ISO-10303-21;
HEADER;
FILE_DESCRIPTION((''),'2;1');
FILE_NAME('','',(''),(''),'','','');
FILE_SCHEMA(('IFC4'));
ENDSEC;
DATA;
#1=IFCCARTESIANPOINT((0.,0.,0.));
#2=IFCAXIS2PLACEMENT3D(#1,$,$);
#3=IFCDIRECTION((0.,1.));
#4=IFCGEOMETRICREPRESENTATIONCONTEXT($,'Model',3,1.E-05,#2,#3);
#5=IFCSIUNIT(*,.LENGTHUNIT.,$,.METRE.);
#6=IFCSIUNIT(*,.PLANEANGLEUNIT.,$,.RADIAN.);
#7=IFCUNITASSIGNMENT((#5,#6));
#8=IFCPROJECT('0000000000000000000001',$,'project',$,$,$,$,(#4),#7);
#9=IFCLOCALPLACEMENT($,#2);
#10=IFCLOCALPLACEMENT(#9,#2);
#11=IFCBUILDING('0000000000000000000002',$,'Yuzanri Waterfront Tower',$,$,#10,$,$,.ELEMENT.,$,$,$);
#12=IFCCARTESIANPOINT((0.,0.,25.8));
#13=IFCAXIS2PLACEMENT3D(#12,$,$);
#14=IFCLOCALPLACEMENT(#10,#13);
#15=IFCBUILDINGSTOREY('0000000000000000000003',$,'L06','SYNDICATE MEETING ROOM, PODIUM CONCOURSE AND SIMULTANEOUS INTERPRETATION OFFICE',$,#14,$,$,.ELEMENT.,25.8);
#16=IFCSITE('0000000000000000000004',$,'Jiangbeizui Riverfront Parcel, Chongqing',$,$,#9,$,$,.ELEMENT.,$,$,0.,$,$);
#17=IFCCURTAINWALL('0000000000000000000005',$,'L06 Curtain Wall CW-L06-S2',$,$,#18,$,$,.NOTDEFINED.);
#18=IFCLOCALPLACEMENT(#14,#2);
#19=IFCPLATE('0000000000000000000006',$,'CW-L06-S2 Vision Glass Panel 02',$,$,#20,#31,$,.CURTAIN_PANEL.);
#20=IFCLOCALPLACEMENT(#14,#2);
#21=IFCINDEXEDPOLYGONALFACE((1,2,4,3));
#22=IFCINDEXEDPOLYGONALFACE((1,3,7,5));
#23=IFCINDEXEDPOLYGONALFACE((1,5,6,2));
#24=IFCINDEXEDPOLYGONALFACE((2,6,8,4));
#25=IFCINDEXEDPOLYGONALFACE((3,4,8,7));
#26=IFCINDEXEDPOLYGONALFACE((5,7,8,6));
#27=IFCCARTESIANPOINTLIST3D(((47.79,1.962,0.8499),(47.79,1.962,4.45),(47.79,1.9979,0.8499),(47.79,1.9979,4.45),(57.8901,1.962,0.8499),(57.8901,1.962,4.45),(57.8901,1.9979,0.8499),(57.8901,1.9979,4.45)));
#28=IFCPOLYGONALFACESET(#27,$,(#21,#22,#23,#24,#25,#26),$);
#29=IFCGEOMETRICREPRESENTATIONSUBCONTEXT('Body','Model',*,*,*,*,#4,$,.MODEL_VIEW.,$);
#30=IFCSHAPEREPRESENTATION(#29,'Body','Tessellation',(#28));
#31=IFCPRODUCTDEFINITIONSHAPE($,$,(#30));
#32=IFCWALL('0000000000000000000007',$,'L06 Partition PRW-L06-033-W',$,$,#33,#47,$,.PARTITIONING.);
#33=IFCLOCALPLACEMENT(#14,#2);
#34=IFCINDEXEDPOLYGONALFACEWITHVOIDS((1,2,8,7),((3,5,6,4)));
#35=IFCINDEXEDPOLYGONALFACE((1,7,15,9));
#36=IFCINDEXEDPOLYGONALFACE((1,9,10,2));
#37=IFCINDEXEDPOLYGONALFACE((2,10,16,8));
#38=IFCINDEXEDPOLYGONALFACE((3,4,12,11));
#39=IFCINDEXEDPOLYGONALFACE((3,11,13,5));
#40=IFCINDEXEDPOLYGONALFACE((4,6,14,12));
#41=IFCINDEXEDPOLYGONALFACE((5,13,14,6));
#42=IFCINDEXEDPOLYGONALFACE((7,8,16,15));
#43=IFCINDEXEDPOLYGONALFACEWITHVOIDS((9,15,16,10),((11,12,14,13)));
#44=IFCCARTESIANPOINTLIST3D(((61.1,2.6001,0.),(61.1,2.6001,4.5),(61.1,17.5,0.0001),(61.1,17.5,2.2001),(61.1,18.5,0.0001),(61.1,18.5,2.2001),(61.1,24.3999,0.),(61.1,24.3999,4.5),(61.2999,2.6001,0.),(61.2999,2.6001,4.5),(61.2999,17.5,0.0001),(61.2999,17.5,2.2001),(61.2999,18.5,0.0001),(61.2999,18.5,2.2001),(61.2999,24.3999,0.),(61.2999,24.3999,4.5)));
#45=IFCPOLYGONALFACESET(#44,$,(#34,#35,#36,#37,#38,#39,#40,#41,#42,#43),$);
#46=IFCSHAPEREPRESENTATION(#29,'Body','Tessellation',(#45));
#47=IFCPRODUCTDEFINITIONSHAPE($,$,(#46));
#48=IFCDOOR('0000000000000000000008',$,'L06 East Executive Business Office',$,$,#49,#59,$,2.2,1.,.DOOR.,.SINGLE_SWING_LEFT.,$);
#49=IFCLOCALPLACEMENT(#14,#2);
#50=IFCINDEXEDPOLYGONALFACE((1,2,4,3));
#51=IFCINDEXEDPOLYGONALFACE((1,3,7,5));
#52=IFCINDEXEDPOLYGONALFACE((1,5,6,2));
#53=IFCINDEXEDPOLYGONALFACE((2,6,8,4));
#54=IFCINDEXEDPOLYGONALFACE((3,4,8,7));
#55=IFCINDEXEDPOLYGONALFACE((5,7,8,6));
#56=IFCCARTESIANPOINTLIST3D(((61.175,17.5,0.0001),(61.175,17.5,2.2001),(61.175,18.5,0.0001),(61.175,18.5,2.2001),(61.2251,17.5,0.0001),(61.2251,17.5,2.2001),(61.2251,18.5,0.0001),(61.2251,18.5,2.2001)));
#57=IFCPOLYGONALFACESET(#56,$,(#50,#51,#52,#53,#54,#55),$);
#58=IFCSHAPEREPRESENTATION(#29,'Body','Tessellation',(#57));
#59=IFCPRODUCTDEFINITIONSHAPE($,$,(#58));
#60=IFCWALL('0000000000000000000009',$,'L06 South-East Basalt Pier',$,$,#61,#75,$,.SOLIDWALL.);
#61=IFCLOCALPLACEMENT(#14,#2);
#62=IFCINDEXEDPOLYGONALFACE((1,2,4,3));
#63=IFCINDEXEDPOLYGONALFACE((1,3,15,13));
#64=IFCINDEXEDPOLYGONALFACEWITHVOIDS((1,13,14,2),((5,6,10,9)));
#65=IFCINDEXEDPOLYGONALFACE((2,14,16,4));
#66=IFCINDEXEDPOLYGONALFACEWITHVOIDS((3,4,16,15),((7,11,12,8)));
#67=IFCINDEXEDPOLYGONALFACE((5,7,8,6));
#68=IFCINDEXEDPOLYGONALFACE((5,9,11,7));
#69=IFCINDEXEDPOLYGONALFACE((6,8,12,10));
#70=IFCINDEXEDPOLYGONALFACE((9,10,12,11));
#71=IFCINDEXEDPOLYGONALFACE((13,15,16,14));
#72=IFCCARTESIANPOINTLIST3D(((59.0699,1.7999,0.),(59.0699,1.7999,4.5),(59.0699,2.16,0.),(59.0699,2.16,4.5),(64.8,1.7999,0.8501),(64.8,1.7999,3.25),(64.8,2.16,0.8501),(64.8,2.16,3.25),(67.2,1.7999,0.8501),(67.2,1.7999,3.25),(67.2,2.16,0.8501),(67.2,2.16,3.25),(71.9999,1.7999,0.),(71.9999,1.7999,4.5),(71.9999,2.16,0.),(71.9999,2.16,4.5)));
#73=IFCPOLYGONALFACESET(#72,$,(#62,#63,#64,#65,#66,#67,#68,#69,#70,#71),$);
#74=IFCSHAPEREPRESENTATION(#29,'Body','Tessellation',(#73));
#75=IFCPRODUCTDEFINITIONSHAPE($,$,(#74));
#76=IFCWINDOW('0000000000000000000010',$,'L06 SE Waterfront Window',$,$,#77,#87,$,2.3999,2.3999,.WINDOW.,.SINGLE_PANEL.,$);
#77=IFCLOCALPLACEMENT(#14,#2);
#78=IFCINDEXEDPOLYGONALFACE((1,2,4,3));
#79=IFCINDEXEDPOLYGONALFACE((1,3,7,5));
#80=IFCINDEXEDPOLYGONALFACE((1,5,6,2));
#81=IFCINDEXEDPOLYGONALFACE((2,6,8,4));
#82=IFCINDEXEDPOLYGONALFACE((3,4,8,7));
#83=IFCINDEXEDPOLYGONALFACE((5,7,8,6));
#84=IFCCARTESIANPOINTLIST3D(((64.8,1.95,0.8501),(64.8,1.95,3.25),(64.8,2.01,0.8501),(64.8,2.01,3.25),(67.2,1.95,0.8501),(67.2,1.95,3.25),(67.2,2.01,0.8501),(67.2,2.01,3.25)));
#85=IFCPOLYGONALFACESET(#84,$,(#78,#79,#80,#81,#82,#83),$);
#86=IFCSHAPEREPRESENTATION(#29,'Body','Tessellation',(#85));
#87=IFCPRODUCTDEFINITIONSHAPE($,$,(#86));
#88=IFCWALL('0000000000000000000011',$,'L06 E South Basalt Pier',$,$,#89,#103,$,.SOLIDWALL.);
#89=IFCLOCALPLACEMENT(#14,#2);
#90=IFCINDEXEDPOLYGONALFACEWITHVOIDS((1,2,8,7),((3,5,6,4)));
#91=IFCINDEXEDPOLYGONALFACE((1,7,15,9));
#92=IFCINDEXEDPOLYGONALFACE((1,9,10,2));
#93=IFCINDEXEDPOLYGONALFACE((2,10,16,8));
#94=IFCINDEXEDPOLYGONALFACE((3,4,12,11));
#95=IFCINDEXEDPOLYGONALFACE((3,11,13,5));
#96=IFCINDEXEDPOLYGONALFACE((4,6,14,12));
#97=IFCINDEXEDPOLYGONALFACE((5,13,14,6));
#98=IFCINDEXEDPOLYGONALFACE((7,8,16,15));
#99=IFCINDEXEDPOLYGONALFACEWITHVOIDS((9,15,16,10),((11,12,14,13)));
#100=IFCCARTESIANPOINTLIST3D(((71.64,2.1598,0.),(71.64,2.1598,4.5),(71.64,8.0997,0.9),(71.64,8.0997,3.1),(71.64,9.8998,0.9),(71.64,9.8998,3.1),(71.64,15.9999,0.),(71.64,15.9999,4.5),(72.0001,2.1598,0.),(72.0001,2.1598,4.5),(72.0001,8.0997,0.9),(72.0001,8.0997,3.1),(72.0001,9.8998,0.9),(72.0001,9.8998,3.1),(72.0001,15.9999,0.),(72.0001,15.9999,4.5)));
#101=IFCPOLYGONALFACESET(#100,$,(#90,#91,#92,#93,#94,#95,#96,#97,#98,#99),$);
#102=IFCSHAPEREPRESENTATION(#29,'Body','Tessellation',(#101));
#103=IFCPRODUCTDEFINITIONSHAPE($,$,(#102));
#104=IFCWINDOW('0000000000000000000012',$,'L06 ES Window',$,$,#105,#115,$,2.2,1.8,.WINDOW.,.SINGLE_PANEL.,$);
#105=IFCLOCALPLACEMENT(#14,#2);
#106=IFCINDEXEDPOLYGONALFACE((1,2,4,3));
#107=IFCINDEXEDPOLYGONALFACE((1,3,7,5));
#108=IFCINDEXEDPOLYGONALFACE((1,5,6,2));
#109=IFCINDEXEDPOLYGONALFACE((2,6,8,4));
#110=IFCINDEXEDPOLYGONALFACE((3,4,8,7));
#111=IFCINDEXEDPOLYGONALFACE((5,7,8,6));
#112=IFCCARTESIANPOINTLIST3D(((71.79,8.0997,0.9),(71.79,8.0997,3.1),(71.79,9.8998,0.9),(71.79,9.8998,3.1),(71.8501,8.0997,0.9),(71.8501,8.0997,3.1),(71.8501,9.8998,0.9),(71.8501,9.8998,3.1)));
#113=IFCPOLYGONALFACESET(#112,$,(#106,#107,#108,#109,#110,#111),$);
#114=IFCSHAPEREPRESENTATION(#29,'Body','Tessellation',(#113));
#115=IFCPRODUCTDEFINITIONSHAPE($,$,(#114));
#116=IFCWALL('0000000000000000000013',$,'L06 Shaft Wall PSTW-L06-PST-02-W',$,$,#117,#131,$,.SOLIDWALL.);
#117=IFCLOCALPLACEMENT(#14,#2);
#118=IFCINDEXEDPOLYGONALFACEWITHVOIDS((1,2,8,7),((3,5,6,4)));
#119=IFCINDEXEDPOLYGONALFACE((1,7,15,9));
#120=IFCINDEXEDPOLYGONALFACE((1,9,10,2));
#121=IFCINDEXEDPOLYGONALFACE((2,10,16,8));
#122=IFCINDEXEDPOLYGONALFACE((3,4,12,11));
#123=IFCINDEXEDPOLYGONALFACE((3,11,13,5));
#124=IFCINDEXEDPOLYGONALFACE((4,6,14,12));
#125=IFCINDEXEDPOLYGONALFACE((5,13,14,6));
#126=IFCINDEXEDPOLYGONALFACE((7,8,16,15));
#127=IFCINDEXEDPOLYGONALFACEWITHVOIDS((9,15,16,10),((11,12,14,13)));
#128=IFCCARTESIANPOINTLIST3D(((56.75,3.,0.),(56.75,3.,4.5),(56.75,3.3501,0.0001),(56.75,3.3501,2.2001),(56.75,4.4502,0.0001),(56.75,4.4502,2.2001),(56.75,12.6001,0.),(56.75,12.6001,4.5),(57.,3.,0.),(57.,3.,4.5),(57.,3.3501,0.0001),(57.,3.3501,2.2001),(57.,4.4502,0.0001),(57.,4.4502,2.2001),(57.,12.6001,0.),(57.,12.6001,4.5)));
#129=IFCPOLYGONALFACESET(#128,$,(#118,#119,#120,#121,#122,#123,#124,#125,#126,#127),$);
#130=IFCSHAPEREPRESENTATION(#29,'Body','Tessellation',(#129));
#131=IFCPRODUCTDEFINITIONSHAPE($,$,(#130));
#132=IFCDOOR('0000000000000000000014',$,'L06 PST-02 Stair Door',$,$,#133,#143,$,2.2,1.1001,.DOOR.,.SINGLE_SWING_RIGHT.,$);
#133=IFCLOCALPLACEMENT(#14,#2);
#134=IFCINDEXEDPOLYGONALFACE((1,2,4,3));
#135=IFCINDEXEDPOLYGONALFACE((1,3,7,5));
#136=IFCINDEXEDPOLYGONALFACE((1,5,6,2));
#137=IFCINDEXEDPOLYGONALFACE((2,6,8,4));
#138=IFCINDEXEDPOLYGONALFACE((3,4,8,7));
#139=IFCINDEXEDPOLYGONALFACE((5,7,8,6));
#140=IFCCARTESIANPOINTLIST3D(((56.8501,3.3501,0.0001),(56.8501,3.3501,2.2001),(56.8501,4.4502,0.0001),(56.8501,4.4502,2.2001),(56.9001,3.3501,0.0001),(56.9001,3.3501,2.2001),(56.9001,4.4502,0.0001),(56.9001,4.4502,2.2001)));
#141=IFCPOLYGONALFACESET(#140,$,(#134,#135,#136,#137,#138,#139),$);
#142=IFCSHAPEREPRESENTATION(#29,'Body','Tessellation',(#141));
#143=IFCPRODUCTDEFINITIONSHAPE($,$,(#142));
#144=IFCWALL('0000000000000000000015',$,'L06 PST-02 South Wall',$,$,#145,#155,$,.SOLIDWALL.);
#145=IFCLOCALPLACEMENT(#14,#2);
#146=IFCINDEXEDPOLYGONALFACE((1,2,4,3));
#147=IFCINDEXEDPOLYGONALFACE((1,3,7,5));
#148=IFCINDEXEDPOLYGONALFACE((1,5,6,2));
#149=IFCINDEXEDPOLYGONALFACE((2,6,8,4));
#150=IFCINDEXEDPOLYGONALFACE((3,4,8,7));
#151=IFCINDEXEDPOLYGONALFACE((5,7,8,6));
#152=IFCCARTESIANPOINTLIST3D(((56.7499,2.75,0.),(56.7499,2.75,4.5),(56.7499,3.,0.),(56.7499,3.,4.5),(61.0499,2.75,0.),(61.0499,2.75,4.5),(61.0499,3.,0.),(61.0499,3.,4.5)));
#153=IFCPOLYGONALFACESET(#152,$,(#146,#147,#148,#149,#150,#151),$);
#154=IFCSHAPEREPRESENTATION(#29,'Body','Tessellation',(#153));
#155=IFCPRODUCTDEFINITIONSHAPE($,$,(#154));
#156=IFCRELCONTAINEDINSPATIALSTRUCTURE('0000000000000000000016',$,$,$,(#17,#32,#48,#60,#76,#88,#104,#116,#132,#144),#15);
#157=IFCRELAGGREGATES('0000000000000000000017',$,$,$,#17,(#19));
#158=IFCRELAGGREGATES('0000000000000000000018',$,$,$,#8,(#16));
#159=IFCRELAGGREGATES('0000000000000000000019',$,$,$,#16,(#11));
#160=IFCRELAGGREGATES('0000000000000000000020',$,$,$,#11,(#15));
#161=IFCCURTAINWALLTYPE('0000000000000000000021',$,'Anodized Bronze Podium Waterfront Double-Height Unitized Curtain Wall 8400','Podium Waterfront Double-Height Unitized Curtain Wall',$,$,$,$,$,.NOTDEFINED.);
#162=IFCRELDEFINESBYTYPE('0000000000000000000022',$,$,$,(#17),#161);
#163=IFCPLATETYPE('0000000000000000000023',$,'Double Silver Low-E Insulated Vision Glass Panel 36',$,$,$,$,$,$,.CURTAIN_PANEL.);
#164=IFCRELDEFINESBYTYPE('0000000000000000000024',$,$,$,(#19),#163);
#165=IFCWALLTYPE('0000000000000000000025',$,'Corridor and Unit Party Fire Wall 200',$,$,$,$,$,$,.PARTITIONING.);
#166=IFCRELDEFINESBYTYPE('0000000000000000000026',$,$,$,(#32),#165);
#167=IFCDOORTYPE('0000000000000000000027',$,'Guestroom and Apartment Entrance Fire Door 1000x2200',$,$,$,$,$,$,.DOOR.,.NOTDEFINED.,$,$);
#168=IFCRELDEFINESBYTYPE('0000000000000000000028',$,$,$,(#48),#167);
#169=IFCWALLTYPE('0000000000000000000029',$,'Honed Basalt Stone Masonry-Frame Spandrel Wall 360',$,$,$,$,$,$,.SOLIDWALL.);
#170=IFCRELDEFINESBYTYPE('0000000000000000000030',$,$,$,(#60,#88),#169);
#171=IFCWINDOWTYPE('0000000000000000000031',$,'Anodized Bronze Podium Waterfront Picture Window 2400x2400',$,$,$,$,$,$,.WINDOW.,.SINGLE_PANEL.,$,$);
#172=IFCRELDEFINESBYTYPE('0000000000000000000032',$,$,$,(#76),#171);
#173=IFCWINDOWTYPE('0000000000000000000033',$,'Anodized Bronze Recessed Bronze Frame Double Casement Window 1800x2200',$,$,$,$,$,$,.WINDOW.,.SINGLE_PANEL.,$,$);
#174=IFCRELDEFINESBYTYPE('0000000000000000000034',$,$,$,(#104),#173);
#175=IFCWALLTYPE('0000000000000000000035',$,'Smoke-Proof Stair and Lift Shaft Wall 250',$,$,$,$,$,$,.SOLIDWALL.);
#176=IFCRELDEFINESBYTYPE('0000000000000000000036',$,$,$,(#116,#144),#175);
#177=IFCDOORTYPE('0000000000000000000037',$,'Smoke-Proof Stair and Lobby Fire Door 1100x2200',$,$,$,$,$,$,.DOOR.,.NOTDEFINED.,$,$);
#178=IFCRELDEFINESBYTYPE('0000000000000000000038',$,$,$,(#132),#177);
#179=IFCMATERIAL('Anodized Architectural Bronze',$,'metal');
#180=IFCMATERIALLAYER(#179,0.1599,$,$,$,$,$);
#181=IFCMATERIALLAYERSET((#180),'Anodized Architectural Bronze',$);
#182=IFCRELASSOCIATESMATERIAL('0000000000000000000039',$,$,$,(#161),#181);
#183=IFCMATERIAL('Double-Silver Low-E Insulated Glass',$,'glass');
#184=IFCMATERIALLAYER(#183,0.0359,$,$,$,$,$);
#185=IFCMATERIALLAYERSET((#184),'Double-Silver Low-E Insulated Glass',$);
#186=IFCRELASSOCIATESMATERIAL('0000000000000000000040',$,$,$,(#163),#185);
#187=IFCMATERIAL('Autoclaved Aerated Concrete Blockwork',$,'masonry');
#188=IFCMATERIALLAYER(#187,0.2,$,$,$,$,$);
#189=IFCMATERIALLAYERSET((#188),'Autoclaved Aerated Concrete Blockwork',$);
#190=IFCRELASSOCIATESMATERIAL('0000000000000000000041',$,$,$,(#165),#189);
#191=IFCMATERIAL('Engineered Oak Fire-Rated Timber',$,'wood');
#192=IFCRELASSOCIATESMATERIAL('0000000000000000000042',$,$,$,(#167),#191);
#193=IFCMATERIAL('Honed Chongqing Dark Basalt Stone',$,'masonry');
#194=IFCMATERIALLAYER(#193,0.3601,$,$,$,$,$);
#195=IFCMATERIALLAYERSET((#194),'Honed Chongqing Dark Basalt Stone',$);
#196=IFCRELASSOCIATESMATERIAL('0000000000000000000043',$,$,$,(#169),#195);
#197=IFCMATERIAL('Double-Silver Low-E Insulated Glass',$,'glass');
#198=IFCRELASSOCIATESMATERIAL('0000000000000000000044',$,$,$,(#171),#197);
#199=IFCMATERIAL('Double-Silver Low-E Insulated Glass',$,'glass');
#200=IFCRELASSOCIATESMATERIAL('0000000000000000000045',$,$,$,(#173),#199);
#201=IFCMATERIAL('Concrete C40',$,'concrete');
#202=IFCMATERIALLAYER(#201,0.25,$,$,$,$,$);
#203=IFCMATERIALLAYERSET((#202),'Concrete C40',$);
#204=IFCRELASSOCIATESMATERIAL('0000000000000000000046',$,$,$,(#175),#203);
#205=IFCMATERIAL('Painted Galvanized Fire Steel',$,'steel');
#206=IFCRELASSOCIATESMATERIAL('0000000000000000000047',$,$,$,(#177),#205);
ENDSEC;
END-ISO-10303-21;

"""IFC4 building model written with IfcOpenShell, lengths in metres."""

from ifc_helpers import new_model, si_unit, direction, frame, frame_2d, origin, origin_2d, place, context, subcontext, project, spatial, rectangle, extrude, source, transform, mapped, material, layer, layer_set, type_object, element, fill, aggregate, save


model = new_model("IFC4")

# Units and contexts
model_context = context("Model", 3, precision=1e-05, world=origin(), true_north=direction((0.0, 1.0)))
body_context = subcontext(model_context, "Body", "Model", "MODEL_VIEW")
ifc_project = project(units=[si_unit("LENGTHUNIT", "METRE"), si_unit("PLANEANGLEUNIT", "RADIAN")], contexts=[model_context])

# Site, building, storey
site_placement = place(None, origin())
site = spatial("IfcSite", under=ifc_project, at=site_placement, Name="Jiangbeizui Riverfront Parcel, Chongqing", CompositionType="ELEMENT", RefElevation=0.0)
building_placement = place(site_placement, origin())
building = spatial("IfcBuilding", under=site, at=building_placement, Name="Yuzanri Waterfront Tower", CompositionType="ELEMENT")
storey_placement = place(building_placement, frame((0.0, 0.0, 25.8)))
storey = spatial("IfcBuildingStorey", under=building, at=storey_placement, Name="L06", Description="SYNDICATE MEETING ROOM, PODIUM CONCOURSE AND SIMULTANEOUS INTERPRETATION OFFICE", CompositionType="ELEMENT", Elevation=25.8)

# Curtain wall, plate
ifc_material_1 = material(Name="Anodized Architectural Bronze", Category="metal")
ifc_layer_1 = layer(ifc_material_1, 0.1599)
ifc_layer_set_1 = layer_set([ifc_layer_1], Name="Anodized Architectural Bronze")
curtain_wall_type = type_object("IfcCurtainWallType", Name="Anodized Bronze Podium Waterfront Double-Height Unitized Curtain Wall 8400", Description="Podium Waterfront Double-Height Unitized Curtain Wall", PredefinedType="NOTDEFINED", material=ifc_layer_set_1)
curtain_wall_placement = place(storey_placement, origin())
curtain_wall = element("IfcCurtainWall", 1, at=curtain_wall_placement, inside=storey, type_object=curtain_wall_type, Name="L06 Curtain Wall CW-L06-S2", PredefinedType="NOTDEFINED")
ifc_material_2 = material(Name="Double-Silver Low-E Insulated Glass", Category="glass")
ifc_layer_2 = layer(ifc_material_2, 0.0359)
ifc_layer_set_2 = layer_set([ifc_layer_2], Name="Double-Silver Low-E Insulated Glass")
plate_type_1 = type_object("IfcPlateType", Name="Double Silver Low-E Insulated Vision Glass Panel 36", PredefinedType="CURTAIN_PANEL", material=ifc_layer_set_2)
shared_shape_1 = source(origin(), body_context, "Body", "SweptSolid", [
    extrude(rectangle(XDim=10.1001, YDim=0.0359, at=origin_2d()), origin(), (0.0, 0.0, 1.0), 3.6001),
])
plate_1_placement = place(storey_placement, frame((52.8401, 1.98, 0.8499), z_axis=(0.0, 0.0, 1.0), x_axis=(1.0, 0.0, 0.0)))
plate_1 = element("IfcPlate", 2, at=plate_1_placement, type_object=plate_type_1, Name="CW-L06-S2 Vision Glass Panel 02", PredefinedType="CURTAIN_PANEL", context=body_context, shape_type="MappedRepresentation", body=[
    mapped(shared_shape_1, transform((0.0, 0.0, 0.0), scale=1.0)),
])
aggregate(curtain_wall, [plate_1])

# Wall, opening, door
ifc_material_3 = material(Name="Autoclaved Aerated Concrete Blockwork", Category="masonry")
ifc_layer_3 = layer(ifc_material_3, 0.2)
ifc_layer_set_3 = layer_set([ifc_layer_3], Name="Autoclaved Aerated Concrete Blockwork")
wall_type_1 = type_object("IfcWallType", Name="Corridor and Unit Party Fire Wall 200", PredefinedType="PARTITIONING", material=ifc_layer_set_3)
wall_1_placement = place(storey_placement, frame((61.2, 2.6001, 0.0), z_axis=(0.0, 0.0, 1.0), x_axis=(0.0, 1.0, 0.0)))
wall_1 = element("IfcWall", 3, at=wall_1_placement, inside=storey, type_object=wall_type_1, Name="L06 Partition PRW-L06-033-W", PredefinedType="PARTITIONING", context=body_context, shape_type="SweptSolid", body=[
    extrude(rectangle(XDim=21.7998, YDim=0.2, at=frame_2d((10.8999, 0.0))), origin(), (0.0, 0.0, 1.0), 4.5),
])
opening_1_placement = place(wall_1_placement, frame((14.8999, 0.0, 0.0)))
opening_1 = element("IfcOpeningElement", 4, at=opening_1_placement, cuts=wall_1, PredefinedType="OPENING", context=body_context, shape_type="SweptSolid", body=[
    extrude(rectangle(XDim=1.0, YDim=2.2, at=frame_2d((0.5, 1.1001))), frame((0.0, 0.1147, 0.0), z_axis=(0.0, -1.0, 0.0), x_axis=(1.0, 0.0, 0.0)), (0.0, 0.0, 1.0), 0.2297),
])
ifc_material_4 = material(Name="Engineered Oak Fire-Rated Timber", Category="wood")
door_type_1 = type_object("IfcDoorType", Name="Guestroom and Apartment Entrance Fire Door 1000x2200", OperationType="NOTDEFINED", PredefinedType="DOOR", material=ifc_material_4)
shared_shape_2 = source(origin(), body_context, "Body", "SweptSolid", [
    extrude(rectangle(XDim=1.0, YDim=2.2, at=frame_2d((0.5, 1.1001))), frame((0.0, 0.0249, 0.0), z_axis=(0.0, -1.0, 0.0), x_axis=(1.0, 0.0, 0.0)), (0.0, 0.0, 1.0), 0.05),
])
door_1_placement = place(opening_1_placement, origin())
door_1 = element("IfcDoor", 5, at=door_1_placement, inside=storey, type_object=door_type_1, Name="L06 East Executive Business Office", OperationType="SINGLE_SWING_LEFT", OverallHeight=2.2, OverallWidth=1.0, PredefinedType="DOOR", context=body_context, shape_type="MappedRepresentation", body=[
    mapped(shared_shape_2, transform((0.0, 0.0, 0.0), scale=1.0)),
])
fill(opening_1, door_1)

# Walls, openings, windows
ifc_material_5 = material(Name="Honed Chongqing Dark Basalt Stone", Category="masonry")
ifc_layer_4 = layer(ifc_material_5, 0.3601)
ifc_layer_set_4 = layer_set([ifc_layer_4], Name="Honed Chongqing Dark Basalt Stone")
wall_type_2 = type_object("IfcWallType", Name="Honed Basalt Stone Masonry-Frame Spandrel Wall 360", PredefinedType="SOLIDWALL", material=ifc_layer_set_4)
wall_2_placement = place(storey_placement, frame((59.0701, 1.98, 0.0), z_axis=(0.0, 0.0, 1.0), x_axis=(1.0, 0.0, 0.0)))
wall_2 = element("IfcWall", 6, at=wall_2_placement, inside=storey, type_object=wall_type_2, Name="L06 South-East Basalt Pier", PredefinedType="SOLIDWALL", context=body_context, shape_type="SweptSolid", body=[
    extrude(rectangle(XDim=12.9299, YDim=0.3601, at=frame_2d((6.4648, 0.0))), origin(), (0.0, 0.0, 1.0), 4.5),
])
opening_2_placement = place(wall_2_placement, frame((5.73, 0.0, 0.8501)))
opening_2 = element("IfcOpeningElement", 7, at=opening_2_placement, cuts=wall_2, PredefinedType="OPENING", context=body_context, shape_type="SweptSolid", body=[
    extrude(rectangle(XDim=2.3999, YDim=2.3999, at=frame_2d((1.2, 1.2))), frame((0.0, 0.1948, 0.0), z_axis=(0.0, -1.0, 0.0), x_axis=(1.0, 0.0, 0.0)), (0.0, 0.0, 1.0), 0.3899),
])
ifc_material_6 = material(Name="Double-Silver Low-E Insulated Glass", Category="glass")
window_type_1 = type_object("IfcWindowType", Name="Anodized Bronze Podium Waterfront Picture Window 2400x2400", PartitioningType="SINGLE_PANEL", PredefinedType="WINDOW", material=ifc_material_6)
shared_shape_3 = source(origin(), body_context, "Body", "SweptSolid", [
    extrude(rectangle(XDim=2.3999, YDim=2.3999, at=frame_2d((1.2, 1.2))), frame((0.0, 0.03, 0.0), z_axis=(0.0, -1.0, 0.0), x_axis=(1.0, 0.0, 0.0)), (0.0, 0.0, 1.0), 0.0601),
])
window_1_placement = place(opening_2_placement, origin())
window_1 = element("IfcWindow", 8, at=window_1_placement, inside=storey, type_object=window_type_1, Name="L06 SE Waterfront Window", OverallHeight=2.3999, OverallWidth=2.3999, PartitioningType="SINGLE_PANEL", PredefinedType="WINDOW", context=body_context, shape_type="MappedRepresentation", body=[
    mapped(shared_shape_3, transform((0.0, 0.0, 0.0), scale=1.0)),
])
fill(opening_2, window_1)
wall_3_placement = place(storey_placement, frame((71.8201, 2.1599, 0.0), z_axis=(0.0, 0.0, 1.0), x_axis=(0.0, 1.0, 0.0)))
wall_3 = element("IfcWall", 9, at=wall_3_placement, inside=storey, type_object=wall_type_2, Name="L06 E South Basalt Pier", PredefinedType="SOLIDWALL", context=body_context, shape_type="SweptSolid", body=[
    extrude(rectangle(XDim=13.8401, YDim=0.3601, at=frame_2d((6.9199, 0.0))), origin(), (0.0, 0.0, 1.0), 4.5),
])
opening_3_placement = place(wall_3_placement, frame((5.9399, 0.0, 0.8999)))
opening_3 = element("IfcOpeningElement", 10, at=opening_3_placement, cuts=wall_3, PredefinedType="OPENING", context=body_context, shape_type="SweptSolid", body=[
    extrude(rectangle(XDim=1.8, YDim=2.2, at=frame_2d((0.8999, 1.1001))), frame((0.0, 0.1948, 0.0), z_axis=(0.0, -1.0, 0.0), x_axis=(1.0, 0.0, 0.0)), (0.0, 0.0, 1.0), 0.3899),
])
ifc_material_7 = material(Name="Double-Silver Low-E Insulated Glass", Category="glass")
window_type_2 = type_object("IfcWindowType", Name="Anodized Bronze Recessed Bronze Frame Double Casement Window 1800x2200", PartitioningType="SINGLE_PANEL", PredefinedType="WINDOW", material=ifc_material_7)
shared_shape_4 = source(origin(), body_context, "Body", "SweptSolid", [
    extrude(rectangle(XDim=1.8, YDim=2.2, at=frame_2d((0.8999, 1.1001))), frame((0.0, 0.03, 0.0), z_axis=(0.0, -1.0, 0.0), x_axis=(1.0, 0.0, 0.0)), (0.0, 0.0, 1.0), 0.0601),
])
window_2_placement = place(opening_3_placement, origin())
window_2 = element("IfcWindow", 11, at=window_2_placement, inside=storey, type_object=window_type_2, Name="L06 ES Window", OverallHeight=2.2, OverallWidth=1.8, PartitioningType="SINGLE_PANEL", PredefinedType="WINDOW", context=body_context, shape_type="MappedRepresentation", body=[
    mapped(shared_shape_4, transform((0.0, 0.0, 0.0), scale=1.0)),
])
fill(opening_3, window_2)

# Wall, opening, door
ifc_material_8 = material(Name="Concrete C40", Category="concrete")
ifc_layer_5 = layer(ifc_material_8, 0.25)
ifc_layer_set_5 = layer_set([ifc_layer_5], Name="Concrete C40")
wall_type_3 = type_object("IfcWallType", Name="Smoke-Proof Stair and Lift Shaft Wall 250", PredefinedType="SOLIDWALL", material=ifc_layer_set_5)
wall_4_placement = place(storey_placement, frame((56.875, 3.0, 0.0), z_axis=(0.0, 0.0, 1.0), x_axis=(0.0, 1.0, 0.0)))
wall_4 = element("IfcWall", 12, at=wall_4_placement, inside=storey, type_object=wall_type_3, Name="L06 Shaft Wall PSTW-L06-PST-02-W", PredefinedType="SOLIDWALL", context=body_context, shape_type="SweptSolid", body=[
    extrude(rectangle(XDim=9.6001, YDim=0.25, at=frame_2d((4.8, 0.0))), origin(), (0.0, 0.0, 1.0), 4.5),
])
opening_4_placement = place(wall_4_placement, frame((0.3501, 0.0, 0.0)))
opening_4 = element("IfcOpeningElement", 13, at=opening_4_placement, cuts=wall_4, PredefinedType="OPENING", context=body_context, shape_type="SweptSolid", body=[
    extrude(rectangle(XDim=1.1001, YDim=2.2, at=frame_2d((0.55, 1.1001))), frame((0.0, 0.1399, 0.0), z_axis=(0.0, -1.0, 0.0), x_axis=(1.0, 0.0, 0.0)), (0.0, 0.0, 1.0), 0.2798),
])
ifc_material_9 = material(Name="Painted Galvanized Fire Steel", Category="steel")
door_type_2 = type_object("IfcDoorType", Name="Smoke-Proof Stair and Lobby Fire Door 1100x2200", OperationType="NOTDEFINED", PredefinedType="DOOR", material=ifc_material_9)
shared_shape_5 = source(origin(), body_context, "Body", "SweptSolid", [
    extrude(rectangle(XDim=1.1001, YDim=2.2, at=frame_2d((0.55, 1.1001))), frame((0.0, 0.0249, 0.0), z_axis=(0.0, -1.0, 0.0), x_axis=(1.0, 0.0, 0.0)), (0.0, 0.0, 1.0), 0.05),
])
door_2_placement = place(opening_4_placement, origin())
door_2 = element("IfcDoor", 14, at=door_2_placement, inside=storey, type_object=door_type_2, Name="L06 PST-02 Stair Door", OperationType="SINGLE_SWING_RIGHT", OverallHeight=2.2, OverallWidth=1.1001, PredefinedType="DOOR", context=body_context, shape_type="MappedRepresentation", body=[
    mapped(shared_shape_5, transform((0.0, 0.0, 0.0), scale=1.0)),
])
fill(opening_4, door_2)

# Wall
shared_shape_6 = source(origin(), body_context, "Body", "SweptSolid", [
    extrude(rectangle(XDim=4.3, YDim=0.25, at=frame_2d((2.1499, 0.0))), origin(), (0.0, 0.0, 1.0), 4.5),
])
wall_5_placement = place(storey_placement, frame((56.75, 2.875, 0.0), z_axis=(0.0, 0.0, 1.0), x_axis=(1.0, 0.0, 0.0)))
element("IfcWall", 15, at=wall_5_placement, inside=storey, type_object=wall_type_3, Name="L06 PST-02 South Wall", PredefinedType="SOLIDWALL", context=body_context, shape_type="MappedRepresentation", body=[
    mapped(shared_shape_6, transform((0.0, 0.0, 0.0), scale=1.0)),
])

save(model, "model.ifc")
